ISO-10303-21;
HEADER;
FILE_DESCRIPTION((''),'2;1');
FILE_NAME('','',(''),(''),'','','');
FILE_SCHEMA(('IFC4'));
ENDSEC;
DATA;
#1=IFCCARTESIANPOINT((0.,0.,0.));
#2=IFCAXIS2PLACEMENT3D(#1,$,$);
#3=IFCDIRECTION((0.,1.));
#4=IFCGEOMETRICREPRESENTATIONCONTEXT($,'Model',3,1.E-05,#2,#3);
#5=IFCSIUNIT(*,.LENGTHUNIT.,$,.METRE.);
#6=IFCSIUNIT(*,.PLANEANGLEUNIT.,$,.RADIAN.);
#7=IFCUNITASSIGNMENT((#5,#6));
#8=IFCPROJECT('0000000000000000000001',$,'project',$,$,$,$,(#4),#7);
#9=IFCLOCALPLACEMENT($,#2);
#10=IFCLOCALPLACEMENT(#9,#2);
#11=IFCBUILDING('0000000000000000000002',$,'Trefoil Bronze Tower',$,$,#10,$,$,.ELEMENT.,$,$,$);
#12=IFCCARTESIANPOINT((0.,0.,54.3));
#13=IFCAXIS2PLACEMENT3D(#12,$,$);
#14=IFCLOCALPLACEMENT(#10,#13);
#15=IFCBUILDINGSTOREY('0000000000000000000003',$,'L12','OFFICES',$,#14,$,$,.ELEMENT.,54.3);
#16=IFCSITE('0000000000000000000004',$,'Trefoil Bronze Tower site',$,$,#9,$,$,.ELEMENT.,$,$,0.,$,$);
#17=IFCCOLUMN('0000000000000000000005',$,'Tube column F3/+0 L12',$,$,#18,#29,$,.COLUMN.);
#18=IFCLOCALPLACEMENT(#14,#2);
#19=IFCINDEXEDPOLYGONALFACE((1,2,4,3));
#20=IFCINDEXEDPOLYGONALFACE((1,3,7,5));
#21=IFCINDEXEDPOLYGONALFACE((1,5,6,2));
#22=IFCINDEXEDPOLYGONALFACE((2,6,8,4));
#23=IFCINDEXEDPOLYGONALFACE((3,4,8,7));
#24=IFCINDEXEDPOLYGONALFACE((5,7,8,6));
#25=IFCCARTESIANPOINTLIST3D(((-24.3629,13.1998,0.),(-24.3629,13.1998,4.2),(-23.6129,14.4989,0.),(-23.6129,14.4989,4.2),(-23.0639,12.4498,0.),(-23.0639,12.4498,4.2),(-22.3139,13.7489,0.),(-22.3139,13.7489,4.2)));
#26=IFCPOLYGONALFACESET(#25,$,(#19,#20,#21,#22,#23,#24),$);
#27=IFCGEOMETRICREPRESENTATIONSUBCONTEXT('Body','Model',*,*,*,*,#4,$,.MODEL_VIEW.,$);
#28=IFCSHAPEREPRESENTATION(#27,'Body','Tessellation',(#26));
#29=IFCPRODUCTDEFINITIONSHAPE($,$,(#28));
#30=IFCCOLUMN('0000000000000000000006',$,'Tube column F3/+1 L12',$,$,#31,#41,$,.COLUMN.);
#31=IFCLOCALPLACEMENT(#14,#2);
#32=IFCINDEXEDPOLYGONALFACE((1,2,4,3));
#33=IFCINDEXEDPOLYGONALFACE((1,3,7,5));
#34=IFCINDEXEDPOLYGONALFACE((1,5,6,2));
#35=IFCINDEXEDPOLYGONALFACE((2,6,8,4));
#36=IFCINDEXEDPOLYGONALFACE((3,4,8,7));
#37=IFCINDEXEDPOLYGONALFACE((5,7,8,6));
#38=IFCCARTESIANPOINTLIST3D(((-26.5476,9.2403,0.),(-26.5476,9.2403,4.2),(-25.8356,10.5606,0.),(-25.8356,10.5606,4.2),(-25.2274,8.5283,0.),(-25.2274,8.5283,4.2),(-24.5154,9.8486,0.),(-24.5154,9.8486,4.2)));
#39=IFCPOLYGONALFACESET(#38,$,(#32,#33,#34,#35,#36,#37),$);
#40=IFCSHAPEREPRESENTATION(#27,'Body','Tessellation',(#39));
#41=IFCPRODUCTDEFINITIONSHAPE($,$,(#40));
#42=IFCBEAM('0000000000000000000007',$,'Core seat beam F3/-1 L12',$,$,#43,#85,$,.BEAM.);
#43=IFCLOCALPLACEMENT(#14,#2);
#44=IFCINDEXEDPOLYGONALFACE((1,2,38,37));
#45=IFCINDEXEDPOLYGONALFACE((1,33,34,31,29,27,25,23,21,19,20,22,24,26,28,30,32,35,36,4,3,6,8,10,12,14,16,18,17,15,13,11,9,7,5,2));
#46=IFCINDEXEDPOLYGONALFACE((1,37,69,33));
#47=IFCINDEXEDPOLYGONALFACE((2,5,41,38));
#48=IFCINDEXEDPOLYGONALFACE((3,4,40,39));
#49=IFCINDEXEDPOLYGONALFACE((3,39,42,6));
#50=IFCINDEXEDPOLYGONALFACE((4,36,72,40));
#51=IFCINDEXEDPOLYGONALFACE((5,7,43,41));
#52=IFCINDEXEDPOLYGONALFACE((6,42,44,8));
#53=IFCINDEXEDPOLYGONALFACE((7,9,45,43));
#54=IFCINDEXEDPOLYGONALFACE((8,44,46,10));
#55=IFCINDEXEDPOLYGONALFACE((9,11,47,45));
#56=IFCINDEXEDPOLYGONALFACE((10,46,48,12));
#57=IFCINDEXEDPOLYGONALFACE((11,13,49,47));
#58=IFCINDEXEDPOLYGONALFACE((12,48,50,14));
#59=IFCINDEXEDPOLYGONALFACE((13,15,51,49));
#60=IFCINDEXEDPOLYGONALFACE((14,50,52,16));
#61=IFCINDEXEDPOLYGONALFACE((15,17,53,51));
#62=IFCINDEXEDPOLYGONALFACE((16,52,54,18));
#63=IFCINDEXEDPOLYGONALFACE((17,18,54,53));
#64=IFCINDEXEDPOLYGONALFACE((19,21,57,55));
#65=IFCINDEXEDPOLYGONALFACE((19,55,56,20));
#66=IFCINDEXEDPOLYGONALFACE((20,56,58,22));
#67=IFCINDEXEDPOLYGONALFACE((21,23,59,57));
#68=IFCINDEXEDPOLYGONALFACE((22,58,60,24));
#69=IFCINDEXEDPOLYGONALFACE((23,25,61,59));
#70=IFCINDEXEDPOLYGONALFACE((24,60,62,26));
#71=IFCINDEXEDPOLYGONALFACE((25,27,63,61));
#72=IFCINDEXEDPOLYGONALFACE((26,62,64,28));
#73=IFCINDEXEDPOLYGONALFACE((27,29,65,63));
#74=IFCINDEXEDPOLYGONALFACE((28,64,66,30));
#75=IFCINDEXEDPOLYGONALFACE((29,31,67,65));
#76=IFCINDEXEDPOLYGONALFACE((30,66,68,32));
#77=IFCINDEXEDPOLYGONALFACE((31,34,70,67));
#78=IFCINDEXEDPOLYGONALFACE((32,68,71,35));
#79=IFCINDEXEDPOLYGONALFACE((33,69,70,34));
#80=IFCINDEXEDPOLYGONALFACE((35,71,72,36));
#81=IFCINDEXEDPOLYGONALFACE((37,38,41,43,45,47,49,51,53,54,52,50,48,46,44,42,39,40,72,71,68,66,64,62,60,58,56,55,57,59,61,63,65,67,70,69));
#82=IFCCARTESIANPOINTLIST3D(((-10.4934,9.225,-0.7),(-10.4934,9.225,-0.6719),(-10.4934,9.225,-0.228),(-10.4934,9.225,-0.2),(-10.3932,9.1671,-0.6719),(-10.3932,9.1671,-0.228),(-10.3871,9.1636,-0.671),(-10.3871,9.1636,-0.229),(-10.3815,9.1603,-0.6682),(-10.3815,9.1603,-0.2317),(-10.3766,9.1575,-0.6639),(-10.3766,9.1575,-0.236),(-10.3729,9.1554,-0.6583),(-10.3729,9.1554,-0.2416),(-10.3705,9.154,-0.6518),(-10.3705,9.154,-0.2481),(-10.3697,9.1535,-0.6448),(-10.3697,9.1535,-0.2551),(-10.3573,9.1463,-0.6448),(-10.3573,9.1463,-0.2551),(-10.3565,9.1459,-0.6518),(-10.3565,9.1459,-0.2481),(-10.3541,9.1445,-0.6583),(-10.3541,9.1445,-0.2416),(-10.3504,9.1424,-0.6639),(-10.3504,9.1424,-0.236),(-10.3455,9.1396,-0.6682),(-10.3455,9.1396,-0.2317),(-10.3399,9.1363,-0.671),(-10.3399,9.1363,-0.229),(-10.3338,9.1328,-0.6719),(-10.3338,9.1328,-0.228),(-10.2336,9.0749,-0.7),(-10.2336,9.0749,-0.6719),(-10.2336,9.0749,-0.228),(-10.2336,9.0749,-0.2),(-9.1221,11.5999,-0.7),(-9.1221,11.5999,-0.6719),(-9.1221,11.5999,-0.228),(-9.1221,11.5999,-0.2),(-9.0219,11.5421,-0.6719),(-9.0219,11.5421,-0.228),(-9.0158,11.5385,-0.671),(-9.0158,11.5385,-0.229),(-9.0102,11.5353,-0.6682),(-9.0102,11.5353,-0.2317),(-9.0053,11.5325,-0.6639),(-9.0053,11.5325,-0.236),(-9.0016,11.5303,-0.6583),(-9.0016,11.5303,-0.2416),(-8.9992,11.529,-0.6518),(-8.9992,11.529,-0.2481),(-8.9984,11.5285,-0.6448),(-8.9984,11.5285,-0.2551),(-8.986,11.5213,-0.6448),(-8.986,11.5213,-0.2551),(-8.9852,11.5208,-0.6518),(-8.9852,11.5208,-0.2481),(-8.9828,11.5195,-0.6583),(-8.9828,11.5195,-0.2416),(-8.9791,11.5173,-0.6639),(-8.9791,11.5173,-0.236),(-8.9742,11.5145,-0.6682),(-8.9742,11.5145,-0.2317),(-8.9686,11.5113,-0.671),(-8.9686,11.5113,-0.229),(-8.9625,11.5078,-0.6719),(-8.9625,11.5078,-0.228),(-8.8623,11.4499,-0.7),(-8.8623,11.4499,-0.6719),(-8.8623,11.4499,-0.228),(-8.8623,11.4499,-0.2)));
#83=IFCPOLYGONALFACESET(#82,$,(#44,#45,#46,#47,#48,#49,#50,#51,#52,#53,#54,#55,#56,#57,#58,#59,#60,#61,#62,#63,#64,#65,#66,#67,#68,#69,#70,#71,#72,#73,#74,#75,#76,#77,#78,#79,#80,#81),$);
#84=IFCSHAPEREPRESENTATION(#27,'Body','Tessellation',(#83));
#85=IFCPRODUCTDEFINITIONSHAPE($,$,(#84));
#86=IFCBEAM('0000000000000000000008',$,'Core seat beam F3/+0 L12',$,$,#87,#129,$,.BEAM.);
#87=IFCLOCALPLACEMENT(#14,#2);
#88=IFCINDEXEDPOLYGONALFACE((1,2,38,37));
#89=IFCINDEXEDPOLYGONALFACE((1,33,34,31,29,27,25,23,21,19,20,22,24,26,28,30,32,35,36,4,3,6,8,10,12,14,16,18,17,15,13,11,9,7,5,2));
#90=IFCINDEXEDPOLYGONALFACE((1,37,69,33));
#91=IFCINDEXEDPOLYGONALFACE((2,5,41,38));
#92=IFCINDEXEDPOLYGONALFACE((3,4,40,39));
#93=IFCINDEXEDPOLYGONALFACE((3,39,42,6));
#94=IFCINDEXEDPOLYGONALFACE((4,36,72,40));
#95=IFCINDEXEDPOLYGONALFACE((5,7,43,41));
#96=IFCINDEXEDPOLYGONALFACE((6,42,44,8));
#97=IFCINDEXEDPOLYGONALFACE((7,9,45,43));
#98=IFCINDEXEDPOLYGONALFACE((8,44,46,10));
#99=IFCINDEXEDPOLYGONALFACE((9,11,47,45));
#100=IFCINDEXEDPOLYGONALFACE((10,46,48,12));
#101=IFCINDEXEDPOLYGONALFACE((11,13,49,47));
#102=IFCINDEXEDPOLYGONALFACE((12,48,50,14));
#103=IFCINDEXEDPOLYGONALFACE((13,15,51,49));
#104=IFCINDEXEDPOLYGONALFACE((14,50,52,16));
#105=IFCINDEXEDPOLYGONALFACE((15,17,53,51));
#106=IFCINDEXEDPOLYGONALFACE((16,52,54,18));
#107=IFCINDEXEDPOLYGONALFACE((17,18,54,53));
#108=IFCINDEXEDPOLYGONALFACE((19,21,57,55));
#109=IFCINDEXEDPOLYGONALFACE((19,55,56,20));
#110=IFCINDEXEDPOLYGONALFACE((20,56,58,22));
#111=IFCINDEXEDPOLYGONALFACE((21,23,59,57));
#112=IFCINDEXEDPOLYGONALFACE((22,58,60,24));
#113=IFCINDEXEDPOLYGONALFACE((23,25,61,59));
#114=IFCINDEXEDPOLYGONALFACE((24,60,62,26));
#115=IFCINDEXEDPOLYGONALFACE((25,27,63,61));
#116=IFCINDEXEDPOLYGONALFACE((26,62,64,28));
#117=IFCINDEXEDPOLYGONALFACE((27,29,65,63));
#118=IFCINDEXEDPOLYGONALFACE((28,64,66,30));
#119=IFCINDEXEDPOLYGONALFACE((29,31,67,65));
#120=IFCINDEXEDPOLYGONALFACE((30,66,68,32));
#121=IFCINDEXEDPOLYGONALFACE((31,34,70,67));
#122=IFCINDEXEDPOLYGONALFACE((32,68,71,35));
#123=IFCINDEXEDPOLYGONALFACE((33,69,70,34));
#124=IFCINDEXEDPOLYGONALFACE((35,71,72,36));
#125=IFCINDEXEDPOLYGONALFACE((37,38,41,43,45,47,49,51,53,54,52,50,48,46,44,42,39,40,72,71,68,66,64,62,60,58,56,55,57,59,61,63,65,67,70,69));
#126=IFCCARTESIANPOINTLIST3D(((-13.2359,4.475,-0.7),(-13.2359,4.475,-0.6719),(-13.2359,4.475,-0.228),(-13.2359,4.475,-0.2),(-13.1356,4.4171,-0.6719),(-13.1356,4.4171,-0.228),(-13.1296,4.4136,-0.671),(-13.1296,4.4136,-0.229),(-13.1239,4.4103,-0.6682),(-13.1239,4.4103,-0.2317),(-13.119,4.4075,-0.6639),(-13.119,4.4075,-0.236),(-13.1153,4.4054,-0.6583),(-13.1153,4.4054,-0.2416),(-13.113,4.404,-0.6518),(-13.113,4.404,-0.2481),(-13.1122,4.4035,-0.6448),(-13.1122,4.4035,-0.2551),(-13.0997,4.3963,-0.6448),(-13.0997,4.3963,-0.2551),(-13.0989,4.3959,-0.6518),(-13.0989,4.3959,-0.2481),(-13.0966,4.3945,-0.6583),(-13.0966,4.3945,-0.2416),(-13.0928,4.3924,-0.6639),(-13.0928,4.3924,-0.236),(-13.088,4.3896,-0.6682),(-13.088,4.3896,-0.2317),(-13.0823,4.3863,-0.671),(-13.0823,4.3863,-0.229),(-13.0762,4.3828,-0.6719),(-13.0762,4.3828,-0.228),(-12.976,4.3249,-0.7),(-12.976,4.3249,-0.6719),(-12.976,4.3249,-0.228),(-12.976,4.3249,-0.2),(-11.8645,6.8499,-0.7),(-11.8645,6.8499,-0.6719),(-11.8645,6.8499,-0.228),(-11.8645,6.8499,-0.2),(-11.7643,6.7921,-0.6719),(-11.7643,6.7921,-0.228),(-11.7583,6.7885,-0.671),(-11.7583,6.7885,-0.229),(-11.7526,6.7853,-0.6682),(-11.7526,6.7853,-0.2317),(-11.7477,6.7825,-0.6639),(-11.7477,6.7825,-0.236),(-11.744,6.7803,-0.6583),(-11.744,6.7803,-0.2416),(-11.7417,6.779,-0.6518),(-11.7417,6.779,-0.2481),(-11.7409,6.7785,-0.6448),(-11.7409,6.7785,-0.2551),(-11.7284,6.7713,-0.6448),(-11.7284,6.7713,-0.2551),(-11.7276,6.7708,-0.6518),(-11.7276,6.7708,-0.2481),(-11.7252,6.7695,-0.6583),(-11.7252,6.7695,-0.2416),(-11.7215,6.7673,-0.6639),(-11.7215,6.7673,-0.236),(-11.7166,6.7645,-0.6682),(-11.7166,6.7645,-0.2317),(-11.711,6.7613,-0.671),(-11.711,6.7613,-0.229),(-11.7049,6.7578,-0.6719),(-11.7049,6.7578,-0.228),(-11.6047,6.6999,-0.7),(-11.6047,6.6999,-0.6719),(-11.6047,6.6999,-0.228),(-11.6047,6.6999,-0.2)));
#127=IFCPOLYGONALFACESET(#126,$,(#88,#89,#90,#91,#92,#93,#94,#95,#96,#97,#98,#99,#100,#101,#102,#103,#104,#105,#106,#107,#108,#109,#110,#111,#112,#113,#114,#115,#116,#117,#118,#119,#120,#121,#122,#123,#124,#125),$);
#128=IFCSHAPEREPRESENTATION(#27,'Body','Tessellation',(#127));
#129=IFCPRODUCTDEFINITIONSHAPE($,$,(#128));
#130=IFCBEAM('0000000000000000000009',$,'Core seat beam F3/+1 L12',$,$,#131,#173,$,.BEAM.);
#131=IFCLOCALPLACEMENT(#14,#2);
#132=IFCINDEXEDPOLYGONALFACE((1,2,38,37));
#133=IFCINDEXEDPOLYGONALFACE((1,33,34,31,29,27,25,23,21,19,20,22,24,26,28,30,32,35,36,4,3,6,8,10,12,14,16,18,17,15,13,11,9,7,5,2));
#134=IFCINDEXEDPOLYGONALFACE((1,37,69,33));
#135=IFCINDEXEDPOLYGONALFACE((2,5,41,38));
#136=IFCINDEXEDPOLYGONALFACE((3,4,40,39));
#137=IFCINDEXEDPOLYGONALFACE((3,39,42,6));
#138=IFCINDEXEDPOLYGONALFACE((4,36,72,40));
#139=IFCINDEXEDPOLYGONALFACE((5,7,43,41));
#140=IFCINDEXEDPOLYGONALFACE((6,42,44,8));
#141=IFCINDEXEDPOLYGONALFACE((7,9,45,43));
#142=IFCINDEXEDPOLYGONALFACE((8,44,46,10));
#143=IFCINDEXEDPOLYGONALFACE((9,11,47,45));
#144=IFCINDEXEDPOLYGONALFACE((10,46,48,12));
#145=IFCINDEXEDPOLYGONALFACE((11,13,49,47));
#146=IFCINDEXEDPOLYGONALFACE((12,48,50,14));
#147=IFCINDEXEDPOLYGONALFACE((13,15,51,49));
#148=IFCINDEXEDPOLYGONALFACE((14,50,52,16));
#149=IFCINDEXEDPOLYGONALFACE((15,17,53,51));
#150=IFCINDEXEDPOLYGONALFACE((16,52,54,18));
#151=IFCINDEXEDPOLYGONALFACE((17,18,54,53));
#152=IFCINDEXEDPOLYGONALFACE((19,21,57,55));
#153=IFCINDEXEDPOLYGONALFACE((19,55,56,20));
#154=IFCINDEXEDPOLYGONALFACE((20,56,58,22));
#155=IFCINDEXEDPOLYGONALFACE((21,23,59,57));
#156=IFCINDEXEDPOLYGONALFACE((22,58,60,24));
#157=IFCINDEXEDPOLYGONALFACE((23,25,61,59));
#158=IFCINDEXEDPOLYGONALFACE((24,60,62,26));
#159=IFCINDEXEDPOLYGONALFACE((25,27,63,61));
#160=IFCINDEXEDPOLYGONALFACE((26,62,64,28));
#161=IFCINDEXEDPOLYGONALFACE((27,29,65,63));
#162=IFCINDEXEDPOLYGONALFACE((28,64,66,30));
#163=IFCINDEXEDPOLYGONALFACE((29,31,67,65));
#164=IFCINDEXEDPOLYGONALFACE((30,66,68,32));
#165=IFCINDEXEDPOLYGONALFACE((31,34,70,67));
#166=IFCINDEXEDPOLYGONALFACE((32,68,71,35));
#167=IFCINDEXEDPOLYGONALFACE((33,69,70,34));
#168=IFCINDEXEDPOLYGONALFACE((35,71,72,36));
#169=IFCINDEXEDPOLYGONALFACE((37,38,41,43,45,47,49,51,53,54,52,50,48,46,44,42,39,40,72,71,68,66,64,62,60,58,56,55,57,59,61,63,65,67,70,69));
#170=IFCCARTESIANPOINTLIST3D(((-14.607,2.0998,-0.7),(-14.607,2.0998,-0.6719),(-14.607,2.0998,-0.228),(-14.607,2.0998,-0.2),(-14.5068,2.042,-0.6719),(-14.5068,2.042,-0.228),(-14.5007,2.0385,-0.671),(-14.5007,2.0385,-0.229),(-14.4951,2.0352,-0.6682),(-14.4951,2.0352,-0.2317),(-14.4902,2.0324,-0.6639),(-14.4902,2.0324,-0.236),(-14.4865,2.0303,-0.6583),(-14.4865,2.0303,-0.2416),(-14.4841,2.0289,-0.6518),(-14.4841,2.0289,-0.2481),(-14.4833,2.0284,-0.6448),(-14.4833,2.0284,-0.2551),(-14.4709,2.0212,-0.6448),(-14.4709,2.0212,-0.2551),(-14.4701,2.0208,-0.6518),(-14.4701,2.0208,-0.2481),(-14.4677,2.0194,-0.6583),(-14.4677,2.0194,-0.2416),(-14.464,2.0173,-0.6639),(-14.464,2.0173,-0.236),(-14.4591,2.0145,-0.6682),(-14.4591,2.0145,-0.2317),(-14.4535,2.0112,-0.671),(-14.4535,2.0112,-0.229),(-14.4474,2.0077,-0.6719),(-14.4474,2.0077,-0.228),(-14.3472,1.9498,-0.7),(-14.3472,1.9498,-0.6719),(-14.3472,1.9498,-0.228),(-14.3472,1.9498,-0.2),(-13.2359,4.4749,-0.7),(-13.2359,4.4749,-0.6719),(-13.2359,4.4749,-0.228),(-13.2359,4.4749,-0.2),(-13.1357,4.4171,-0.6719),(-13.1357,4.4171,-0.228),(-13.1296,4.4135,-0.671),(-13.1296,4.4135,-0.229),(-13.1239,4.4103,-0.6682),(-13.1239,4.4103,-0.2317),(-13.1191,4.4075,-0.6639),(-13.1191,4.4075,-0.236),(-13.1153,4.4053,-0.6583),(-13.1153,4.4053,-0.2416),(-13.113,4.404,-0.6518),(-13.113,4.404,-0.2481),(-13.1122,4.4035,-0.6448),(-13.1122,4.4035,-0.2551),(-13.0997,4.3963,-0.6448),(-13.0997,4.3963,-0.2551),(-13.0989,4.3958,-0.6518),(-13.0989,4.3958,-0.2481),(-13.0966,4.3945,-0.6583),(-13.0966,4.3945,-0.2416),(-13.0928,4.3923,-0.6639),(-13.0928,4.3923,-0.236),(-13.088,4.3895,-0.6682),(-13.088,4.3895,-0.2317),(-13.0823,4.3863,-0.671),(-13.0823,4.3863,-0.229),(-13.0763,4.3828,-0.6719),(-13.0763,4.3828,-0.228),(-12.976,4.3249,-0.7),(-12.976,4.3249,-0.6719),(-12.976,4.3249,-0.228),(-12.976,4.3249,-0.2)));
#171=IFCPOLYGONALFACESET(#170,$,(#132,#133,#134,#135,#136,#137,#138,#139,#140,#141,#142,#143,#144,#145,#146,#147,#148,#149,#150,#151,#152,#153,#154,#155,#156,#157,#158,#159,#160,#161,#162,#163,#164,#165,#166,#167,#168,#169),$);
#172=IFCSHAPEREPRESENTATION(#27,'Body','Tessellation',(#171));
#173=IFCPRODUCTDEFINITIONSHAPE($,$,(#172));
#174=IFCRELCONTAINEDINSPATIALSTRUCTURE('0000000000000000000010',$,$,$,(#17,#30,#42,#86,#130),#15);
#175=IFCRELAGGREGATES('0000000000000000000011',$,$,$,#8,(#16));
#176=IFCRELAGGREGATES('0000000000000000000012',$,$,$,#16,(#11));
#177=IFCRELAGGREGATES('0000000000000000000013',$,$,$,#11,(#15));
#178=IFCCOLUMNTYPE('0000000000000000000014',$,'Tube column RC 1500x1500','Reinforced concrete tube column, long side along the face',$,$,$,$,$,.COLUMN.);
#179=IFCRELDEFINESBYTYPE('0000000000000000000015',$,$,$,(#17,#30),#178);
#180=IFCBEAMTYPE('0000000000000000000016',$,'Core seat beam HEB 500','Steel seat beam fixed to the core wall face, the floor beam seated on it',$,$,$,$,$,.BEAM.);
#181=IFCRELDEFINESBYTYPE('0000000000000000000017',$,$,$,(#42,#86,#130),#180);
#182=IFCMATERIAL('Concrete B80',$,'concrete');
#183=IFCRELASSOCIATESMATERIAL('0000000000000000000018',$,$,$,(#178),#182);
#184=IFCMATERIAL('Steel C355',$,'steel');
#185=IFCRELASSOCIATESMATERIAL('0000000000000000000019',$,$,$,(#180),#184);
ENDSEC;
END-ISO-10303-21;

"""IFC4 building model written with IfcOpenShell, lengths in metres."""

from ifc_helpers import new_model, si_unit, direction, frame, origin, origin_2d, place, context, subcontext, project, spatial, rectangle, i_section, extrude, material, material_profile, profile_set, type_object, element, save


model = new_model("IFC4")

# Units and contexts
model_context = context("Model", 3, precision=1e-05, world=origin(), true_north=direction((0.0, 1.0)))
body_context = subcontext(model_context, "Body", "Model", "MODEL_VIEW")
ifc_project = project(units=[si_unit("LENGTHUNIT", "METRE"), si_unit("PLANEANGLEUNIT", "RADIAN")], contexts=[model_context])

# Site, building, storey
site_placement = place(None, origin())
site = spatial("IfcSite", under=ifc_project, at=site_placement, Name="Trefoil Bronze Tower site", CompositionType="ELEMENT", RefElevation=0.0)
building_placement = place(site_placement, origin())
building = spatial("IfcBuilding", under=site, at=building_placement, Name="Trefoil Bronze Tower", CompositionType="ELEMENT")
storey_placement = place(building_placement, frame((0.0, 0.0, 54.3)))
storey = spatial("IfcBuildingStorey", under=building, at=storey_placement, Name="L12", Description="OFFICES", CompositionType="ELEMENT", Elevation=54.3)

# Columns
ifc_material_1 = material(Name="Concrete B80", Category="concrete")
ifc_material_profile_1 = material_profile(ifc_material_1, rectangle(XDim=1.5, YDim=1.5, at=origin_2d()), Name="RC 1500x1500")
ifc_profile_set_1 = profile_set([ifc_material_profile_1], Name="Concrete B80")
column_type = type_object("IfcColumnType", Name="Tube column RC 1500x1500", Description="Reinforced concrete tube column, long side along the face", PredefinedType="COLUMN", material=ifc_profile_set_1)
for number, where, z_axis, x_axis, name in (
    (1, (-23.3384, 13.4744, 0.0), (0.0, 0.0, 1.0), (-0.5, -0.866025, 0.0), "Tube column F3/+0 L12"),
    (2, (-25.5315, 9.5444, 0.0), (0.0, 0.0, 1.0), (-0.474656, -0.880171, 0.0), "Tube column F3/+1 L12"),
):
    element("IfcColumn", number, at=place(storey_placement, frame(where, z_axis=z_axis, x_axis=x_axis)), inside=storey, type_object=column_type, Name=name, PredefinedType="COLUMN", context=body_context, shape_type="SweptSolid", body=[
        extrude(rectangle(XDim=1.5, YDim=1.5, at=origin_2d()), origin(), (0.0, 0.0, 1.0), 4.2),
    ])

# Beams
ifc_material_2 = material(Name="Steel C355", Category="steel")
ifc_material_profile_2 = material_profile(ifc_material_2, i_section(OverallWidth=0.3, OverallDepth=0.5, WebThickness=0.0144, FlangeThickness=0.0281, FilletRadius=0.0271, at=origin_2d()), Name="HEB 500")
ifc_profile_set_2 = profile_set([ifc_material_profile_2], Name="Steel C355")
beam_type_1 = type_object("IfcBeamType", Name="Core seat beam HEB 500", Description="Steel seat beam fixed to the core wall face, the floor beam seated on it", PredefinedType="BEAM", material=ifc_profile_set_2)
for number, where, z_axis, x_axis, name in (
    (3, (-8.9922, 11.5249, -0.45), (-0.500036, -0.866005, 0.0), (0.866005, -0.500036, 0.0), "Core seat beam F3/-1 L12"),
    (4, (-11.7346, 6.7749, -0.45), (-0.500036, -0.866005, 0.0), (0.866005, -0.500036, 0.0), "Core seat beam F3/+0 L12"),
    (5, (-13.106, 4.3999, -0.45), (-0.499969, -0.866043, 0.0), (0.866043, -0.499969, 0.0), "Core seat beam F3/+1 L12"),
):
    element("IfcBeam", number, at=place(storey_placement, frame(where, z_axis=z_axis, x_axis=x_axis)), inside=storey, type_object=beam_type_1, Name=name, PredefinedType="BEAM", context=body_context, shape_type="SweptSolid", body=[
        extrude(i_section(OverallWidth=0.3, OverallDepth=0.5, WebThickness=0.0144, FlangeThickness=0.0281, FilletRadius=0.0271, at=origin_2d()), origin(), (0.0, 0.0, 1.0), 2.7424),
    ])

save(model, "model.ifc")
